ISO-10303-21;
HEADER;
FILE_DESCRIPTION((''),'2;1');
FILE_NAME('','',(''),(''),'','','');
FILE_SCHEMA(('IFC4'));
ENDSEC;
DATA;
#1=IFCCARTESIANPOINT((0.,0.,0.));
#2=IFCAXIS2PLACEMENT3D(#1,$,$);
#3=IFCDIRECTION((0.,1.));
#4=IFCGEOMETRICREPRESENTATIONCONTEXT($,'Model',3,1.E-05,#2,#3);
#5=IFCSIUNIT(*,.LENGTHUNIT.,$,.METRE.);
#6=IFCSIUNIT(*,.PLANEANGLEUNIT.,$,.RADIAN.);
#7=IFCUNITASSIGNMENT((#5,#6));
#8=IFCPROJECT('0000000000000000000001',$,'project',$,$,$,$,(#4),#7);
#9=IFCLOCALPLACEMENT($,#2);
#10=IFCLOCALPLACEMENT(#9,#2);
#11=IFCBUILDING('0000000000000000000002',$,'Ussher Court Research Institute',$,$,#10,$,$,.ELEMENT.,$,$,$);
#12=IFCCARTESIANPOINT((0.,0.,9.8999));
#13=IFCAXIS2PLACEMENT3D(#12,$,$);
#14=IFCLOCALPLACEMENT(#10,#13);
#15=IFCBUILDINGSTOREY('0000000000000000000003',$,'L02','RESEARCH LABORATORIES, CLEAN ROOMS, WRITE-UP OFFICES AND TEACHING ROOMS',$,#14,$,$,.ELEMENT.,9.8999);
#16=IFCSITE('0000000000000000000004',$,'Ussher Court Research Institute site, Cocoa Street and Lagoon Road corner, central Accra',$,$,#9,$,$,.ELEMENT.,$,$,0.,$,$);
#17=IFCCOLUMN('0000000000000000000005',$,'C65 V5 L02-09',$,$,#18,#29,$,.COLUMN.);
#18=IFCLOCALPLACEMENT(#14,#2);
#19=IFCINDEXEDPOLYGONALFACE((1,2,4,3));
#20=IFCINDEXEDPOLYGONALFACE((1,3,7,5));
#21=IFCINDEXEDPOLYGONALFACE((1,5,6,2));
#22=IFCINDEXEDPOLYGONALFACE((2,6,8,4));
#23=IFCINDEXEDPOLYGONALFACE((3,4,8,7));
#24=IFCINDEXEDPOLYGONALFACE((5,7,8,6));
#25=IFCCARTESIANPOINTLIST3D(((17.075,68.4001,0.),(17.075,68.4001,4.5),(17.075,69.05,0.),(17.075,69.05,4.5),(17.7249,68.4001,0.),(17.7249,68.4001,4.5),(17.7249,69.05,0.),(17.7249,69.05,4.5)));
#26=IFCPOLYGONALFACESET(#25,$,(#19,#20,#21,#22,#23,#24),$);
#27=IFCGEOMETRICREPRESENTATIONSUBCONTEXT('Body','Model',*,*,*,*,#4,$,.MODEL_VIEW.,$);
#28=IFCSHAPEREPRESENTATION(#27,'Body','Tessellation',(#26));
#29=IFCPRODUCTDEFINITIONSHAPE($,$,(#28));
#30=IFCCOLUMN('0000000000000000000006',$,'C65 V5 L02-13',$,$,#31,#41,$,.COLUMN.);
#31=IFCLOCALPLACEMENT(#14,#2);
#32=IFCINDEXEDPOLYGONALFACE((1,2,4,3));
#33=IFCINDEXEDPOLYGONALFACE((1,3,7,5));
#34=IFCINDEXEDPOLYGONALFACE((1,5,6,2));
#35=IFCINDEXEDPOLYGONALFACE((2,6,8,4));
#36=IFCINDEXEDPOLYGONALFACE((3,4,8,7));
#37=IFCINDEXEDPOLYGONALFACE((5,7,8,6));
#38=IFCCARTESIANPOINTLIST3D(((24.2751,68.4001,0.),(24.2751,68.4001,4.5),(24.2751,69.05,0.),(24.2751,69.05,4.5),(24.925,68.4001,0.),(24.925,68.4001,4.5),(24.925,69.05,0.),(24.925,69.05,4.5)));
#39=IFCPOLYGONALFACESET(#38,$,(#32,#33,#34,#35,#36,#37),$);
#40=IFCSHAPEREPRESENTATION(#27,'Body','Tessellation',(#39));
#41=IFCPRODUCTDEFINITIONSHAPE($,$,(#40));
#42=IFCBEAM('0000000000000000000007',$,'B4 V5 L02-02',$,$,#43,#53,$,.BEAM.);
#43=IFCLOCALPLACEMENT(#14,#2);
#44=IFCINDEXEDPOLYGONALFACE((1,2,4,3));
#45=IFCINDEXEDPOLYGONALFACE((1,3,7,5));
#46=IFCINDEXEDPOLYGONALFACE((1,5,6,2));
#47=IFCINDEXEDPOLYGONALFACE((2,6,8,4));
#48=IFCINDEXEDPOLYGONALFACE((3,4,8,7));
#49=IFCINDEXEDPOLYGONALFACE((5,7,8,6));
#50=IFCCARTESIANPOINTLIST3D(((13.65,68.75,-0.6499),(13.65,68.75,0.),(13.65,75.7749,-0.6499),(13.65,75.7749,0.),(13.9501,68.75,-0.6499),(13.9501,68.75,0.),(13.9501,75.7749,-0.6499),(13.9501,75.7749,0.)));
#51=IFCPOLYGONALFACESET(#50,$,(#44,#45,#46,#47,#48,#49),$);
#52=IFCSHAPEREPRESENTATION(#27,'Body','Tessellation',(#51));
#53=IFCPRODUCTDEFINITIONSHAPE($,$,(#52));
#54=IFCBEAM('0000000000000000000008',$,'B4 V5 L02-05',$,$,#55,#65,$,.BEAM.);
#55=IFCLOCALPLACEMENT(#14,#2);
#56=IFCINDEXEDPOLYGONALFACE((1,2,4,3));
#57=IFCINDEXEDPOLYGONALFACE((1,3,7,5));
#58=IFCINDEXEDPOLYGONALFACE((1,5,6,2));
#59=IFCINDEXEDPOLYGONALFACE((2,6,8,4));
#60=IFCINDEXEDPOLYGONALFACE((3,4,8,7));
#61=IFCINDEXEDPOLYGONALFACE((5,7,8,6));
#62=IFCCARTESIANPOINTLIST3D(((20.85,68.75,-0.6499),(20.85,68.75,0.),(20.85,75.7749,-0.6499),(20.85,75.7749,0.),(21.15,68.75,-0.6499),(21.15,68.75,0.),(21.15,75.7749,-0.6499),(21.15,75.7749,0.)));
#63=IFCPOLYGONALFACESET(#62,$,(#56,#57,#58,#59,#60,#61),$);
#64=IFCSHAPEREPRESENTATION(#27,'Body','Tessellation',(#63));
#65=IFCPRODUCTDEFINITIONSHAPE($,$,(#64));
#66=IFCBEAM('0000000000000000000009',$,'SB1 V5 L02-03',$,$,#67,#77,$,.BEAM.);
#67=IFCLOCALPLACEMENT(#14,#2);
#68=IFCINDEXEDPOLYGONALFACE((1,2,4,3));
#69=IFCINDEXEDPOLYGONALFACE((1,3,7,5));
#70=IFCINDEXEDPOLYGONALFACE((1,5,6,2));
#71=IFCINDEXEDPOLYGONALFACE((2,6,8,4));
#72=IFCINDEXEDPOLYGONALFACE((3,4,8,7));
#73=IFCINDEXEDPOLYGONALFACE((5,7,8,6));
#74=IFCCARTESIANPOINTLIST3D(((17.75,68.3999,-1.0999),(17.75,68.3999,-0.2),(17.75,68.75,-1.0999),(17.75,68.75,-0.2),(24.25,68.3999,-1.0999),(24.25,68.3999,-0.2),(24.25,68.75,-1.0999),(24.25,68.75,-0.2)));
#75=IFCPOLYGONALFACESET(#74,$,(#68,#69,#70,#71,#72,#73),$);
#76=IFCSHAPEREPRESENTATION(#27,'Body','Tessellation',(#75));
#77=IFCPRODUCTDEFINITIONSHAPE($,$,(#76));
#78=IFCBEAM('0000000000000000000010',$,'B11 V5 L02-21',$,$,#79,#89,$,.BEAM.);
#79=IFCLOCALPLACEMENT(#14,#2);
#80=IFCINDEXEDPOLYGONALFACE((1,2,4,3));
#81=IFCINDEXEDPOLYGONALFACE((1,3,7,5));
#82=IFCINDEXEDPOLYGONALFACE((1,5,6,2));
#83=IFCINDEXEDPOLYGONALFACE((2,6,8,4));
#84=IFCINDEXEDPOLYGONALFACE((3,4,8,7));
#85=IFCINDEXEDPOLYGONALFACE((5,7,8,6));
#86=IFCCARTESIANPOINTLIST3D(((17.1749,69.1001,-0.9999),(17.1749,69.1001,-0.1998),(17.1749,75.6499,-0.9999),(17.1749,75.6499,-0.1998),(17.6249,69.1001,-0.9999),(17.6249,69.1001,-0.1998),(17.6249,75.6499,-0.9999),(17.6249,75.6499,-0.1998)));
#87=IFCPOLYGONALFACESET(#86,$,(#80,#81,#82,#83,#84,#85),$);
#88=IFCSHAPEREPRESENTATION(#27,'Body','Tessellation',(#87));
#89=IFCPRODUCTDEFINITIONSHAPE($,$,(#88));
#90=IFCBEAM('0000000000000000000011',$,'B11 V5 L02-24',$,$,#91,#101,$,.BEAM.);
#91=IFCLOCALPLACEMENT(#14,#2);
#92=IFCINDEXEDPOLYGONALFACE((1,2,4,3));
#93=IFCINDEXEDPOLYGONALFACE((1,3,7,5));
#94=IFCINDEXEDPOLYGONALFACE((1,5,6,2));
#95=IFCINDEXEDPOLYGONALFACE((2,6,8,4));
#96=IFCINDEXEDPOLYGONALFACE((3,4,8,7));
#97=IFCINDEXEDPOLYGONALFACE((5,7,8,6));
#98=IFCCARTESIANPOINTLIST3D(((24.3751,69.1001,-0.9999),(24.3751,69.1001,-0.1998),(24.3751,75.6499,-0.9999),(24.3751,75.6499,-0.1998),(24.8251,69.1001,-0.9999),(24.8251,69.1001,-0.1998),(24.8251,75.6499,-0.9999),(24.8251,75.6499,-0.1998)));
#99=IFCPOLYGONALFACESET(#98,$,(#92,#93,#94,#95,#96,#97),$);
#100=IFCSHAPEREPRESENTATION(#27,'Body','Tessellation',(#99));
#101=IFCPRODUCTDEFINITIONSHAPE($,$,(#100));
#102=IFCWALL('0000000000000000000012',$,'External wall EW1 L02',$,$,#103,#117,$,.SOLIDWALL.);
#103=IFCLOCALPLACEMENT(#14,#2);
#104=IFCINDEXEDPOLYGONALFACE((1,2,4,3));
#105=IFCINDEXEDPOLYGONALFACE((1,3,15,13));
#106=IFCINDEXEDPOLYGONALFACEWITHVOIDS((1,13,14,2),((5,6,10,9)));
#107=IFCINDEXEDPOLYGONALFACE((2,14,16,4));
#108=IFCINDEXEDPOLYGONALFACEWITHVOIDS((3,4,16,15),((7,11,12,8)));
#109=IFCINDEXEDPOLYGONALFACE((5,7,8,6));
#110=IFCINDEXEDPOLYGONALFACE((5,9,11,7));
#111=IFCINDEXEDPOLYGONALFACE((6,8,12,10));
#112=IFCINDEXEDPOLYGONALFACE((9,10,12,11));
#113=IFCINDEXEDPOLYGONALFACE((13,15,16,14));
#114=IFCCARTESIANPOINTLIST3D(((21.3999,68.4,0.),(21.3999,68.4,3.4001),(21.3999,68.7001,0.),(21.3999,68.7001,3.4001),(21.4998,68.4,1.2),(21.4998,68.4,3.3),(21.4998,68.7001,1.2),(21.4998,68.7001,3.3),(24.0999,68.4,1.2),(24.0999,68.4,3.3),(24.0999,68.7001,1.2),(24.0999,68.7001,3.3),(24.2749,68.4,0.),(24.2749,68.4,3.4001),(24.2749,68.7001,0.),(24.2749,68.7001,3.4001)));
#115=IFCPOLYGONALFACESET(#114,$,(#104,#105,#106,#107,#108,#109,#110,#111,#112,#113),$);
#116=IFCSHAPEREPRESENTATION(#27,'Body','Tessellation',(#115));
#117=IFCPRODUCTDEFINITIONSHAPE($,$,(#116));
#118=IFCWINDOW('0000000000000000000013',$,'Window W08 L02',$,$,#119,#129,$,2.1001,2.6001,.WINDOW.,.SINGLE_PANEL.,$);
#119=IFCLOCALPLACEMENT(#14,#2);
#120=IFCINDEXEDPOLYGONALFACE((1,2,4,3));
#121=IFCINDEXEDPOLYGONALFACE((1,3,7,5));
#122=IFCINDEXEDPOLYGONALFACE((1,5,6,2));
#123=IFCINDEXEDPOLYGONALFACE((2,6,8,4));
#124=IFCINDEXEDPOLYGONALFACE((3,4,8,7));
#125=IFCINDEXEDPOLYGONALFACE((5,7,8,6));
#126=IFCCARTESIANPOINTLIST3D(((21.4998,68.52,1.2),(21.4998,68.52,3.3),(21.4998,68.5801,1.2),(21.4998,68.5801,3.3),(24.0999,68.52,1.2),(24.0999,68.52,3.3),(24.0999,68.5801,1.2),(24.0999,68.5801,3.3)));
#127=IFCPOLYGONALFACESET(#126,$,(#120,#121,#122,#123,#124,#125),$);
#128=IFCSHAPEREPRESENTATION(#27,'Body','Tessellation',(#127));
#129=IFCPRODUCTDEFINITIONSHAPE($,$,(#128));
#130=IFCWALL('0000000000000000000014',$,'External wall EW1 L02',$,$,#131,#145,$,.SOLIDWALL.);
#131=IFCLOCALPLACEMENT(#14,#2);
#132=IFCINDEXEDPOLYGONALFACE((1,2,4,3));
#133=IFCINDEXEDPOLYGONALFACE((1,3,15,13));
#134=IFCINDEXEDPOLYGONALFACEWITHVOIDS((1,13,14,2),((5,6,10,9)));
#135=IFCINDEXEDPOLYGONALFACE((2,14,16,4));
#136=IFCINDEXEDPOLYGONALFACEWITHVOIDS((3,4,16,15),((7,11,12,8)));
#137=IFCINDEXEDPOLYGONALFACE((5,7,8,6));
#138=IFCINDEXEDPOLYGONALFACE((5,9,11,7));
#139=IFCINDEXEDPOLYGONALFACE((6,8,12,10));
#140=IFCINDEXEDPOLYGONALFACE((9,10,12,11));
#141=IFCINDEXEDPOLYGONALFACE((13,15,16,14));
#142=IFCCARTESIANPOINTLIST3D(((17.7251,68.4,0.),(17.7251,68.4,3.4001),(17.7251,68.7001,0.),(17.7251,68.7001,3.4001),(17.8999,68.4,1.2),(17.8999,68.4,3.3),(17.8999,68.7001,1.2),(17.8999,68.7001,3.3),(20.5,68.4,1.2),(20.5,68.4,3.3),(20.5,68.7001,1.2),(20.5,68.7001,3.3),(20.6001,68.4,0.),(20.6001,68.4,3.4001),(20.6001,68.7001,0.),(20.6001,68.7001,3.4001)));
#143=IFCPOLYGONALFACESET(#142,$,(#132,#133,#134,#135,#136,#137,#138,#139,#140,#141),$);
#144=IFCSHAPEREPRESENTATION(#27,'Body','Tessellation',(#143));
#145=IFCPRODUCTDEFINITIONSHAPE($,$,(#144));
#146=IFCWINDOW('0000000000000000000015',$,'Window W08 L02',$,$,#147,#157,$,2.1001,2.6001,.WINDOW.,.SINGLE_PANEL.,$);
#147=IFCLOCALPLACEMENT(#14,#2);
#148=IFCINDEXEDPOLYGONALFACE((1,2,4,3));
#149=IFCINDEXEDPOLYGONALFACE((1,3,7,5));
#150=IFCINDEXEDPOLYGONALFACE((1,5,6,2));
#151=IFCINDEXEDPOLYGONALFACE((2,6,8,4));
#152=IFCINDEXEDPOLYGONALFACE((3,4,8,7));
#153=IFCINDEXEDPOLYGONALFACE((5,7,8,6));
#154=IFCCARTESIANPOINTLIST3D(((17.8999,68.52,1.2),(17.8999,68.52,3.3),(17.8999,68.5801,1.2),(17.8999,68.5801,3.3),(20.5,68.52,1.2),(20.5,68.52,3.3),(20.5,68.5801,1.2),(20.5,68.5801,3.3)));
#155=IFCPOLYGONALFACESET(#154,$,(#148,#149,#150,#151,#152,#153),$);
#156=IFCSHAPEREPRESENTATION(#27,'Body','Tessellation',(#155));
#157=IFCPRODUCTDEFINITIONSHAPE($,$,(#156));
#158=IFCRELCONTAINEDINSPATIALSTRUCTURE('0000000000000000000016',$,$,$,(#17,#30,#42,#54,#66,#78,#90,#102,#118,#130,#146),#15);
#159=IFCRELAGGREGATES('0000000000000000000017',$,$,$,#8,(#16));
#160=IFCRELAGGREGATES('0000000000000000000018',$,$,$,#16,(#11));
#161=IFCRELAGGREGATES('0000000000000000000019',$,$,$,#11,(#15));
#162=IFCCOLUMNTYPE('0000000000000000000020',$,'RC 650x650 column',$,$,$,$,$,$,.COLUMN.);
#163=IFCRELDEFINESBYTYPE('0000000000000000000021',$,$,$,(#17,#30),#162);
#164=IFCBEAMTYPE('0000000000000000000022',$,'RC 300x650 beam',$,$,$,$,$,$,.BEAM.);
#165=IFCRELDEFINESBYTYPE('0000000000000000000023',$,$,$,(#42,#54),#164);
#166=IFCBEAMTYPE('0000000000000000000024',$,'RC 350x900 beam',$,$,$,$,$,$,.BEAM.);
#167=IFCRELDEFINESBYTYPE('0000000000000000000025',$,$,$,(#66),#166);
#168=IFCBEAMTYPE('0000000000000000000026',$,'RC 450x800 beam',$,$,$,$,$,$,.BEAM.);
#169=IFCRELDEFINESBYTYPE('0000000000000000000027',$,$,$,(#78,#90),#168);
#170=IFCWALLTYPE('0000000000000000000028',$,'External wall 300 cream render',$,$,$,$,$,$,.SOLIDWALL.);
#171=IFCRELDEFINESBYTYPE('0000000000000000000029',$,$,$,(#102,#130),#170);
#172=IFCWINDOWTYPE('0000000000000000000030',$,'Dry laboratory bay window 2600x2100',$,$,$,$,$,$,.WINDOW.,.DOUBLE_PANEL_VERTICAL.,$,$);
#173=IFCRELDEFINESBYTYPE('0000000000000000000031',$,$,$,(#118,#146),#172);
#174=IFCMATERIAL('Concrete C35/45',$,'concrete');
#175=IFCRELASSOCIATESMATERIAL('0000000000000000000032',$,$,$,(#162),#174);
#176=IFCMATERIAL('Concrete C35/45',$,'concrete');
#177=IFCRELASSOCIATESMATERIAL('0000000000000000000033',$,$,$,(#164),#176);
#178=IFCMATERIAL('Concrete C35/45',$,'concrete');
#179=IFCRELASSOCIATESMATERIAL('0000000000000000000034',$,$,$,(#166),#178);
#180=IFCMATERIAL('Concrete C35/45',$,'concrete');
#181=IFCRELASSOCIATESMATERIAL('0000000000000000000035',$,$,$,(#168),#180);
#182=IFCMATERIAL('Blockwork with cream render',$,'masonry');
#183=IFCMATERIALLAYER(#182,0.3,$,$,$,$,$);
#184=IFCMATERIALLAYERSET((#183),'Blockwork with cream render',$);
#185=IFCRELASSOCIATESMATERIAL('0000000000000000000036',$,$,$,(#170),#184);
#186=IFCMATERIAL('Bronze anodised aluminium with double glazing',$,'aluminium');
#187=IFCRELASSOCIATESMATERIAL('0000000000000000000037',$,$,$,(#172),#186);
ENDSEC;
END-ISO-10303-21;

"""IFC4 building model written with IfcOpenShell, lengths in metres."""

from ifc_helpers import new_model, si_unit, direction, frame, frame_2d, origin, origin_2d, place, context, subcontext, project, spatial, rectangle, extrude, material, layer, layer_set, material_profile, profile_set, type_object, element, fill, save


model = new_model("IFC4")

# Units and contexts
model_context = context("Model", 3, precision=1e-05, world=origin(), true_north=direction((0.0, 1.0)))
body_context = subcontext(model_context, "Body", "Model", "MODEL_VIEW")
ifc_project = project(units=[si_unit("LENGTHUNIT", "METRE"), si_unit("PLANEANGLEUNIT", "RADIAN")], contexts=[model_context])

# Site, building, storey
site_placement = place(None, origin())
site = spatial("IfcSite", under=ifc_project, at=site_placement, Name="Ussher Court Research Institute site, Cocoa Street and Lagoon Road corner, central Accra", CompositionType="ELEMENT", RefElevation=0.0)
building_placement = place(site_placement, origin())
building = spatial("IfcBuilding", under=site, at=building_placement, Name="Ussher Court Research Institute", CompositionType="ELEMENT")
storey_placement = place(building_placement, frame((0.0, 0.0, 9.8999)))
storey = spatial("IfcBuildingStorey", under=building, at=storey_placement, Name="L02", Description="RESEARCH LABORATORIES, CLEAN ROOMS, WRITE-UP OFFICES AND TEACHING ROOMS", CompositionType="ELEMENT", Elevation=9.8999)

# Columns
ifc_material_1 = material(Name="Concrete C35/45", Category="concrete")
ifc_material_profile_1 = material_profile(ifc_material_1, rectangle(XDim=0.6499, YDim=0.6499, at=origin_2d()), Name="RC 650x650")
ifc_profile_set_1 = profile_set([ifc_material_profile_1], Name="Concrete C35/45")
column_type = type_object("IfcColumnType", Name="RC 650x650 column", PredefinedType="COLUMN", material=ifc_profile_set_1)
for number, where, z_axis, x_axis, name in (
    (1, (17.3999, 68.7251, 0.0), (0.0, 0.0, 1.0), (1.0, 0.0, 0.0), "C65 V5 L02-09"),
    (2, (24.6001, 68.7251, 0.0), (0.0, 0.0, 1.0), (1.0, 0.0, 0.0), "C65 V5 L02-13"),
):
    element("IfcColumn", number, at=place(storey_placement, frame(where, z_axis=z_axis, x_axis=x_axis)), inside=storey, type_object=column_type, Name=name, PredefinedType="COLUMN", context=body_context, shape_type="SweptSolid", body=[
        extrude(rectangle(XDim=0.6499, YDim=0.6499, at=origin_2d()), origin(), (0.0, 0.0, 1.0), 4.5),
    ])

# Beams
ifc_material_2 = material(Name="Concrete C35/45", Category="concrete")
ifc_material_profile_2 = material_profile(ifc_material_2, rectangle(XDim=0.3, YDim=0.6499, at=origin_2d()), Name="RC 300x650")
ifc_profile_set_2 = profile_set([ifc_material_profile_2], Name="Concrete C35/45")
beam_type_1 = type_object("IfcBeamType", Name="RC 300x650 beam", PredefinedType="BEAM", material=ifc_profile_set_2)
for number, where, z_axis, x_axis, name in (
    (3, (13.8, 68.75, -0.325), (0.0, 1.0, 0.0), (-1.0, 0.0, 0.0), "B4 V5 L02-02"),
    (4, (21.0, 68.75, -0.325), (0.0, 1.0, 0.0), (-1.0, 0.0, 0.0), "B4 V5 L02-05"),
):
    element("IfcBeam", number, at=place(storey_placement, frame(where, z_axis=z_axis, x_axis=x_axis)), inside=storey, type_object=beam_type_1, Name=name, PredefinedType="BEAM", context=body_context, shape_type="SweptSolid", body=[
        extrude(rectangle(XDim=0.3, YDim=0.6499, at=origin_2d()), origin(), (0.0, 0.0, 1.0), 7.0249),
    ])
ifc_material_3 = material(Name="Concrete C35/45", Category="concrete")
ifc_material_profile_3 = material_profile(ifc_material_3, rectangle(XDim=0.3501, YDim=0.8999, at=origin_2d()), Name="RC 350x900")
ifc_profile_set_3 = profile_set([ifc_material_profile_3], Name="Concrete C35/45")
beam_type_2 = type_object("IfcBeamType", Name="RC 350x900 beam", PredefinedType="BEAM", material=ifc_profile_set_3)
beam_placement = place(storey_placement, frame((17.75, 68.575, -0.6499), z_axis=(1.0, 0.0, 0.0), x_axis=(0.0, 1.0, 0.0)))
element("IfcBeam", 5, at=beam_placement, inside=storey, type_object=beam_type_2, Name="SB1 V5 L02-03", PredefinedType="BEAM", context=body_context, shape_type="SweptSolid", body=[
    extrude(rectangle(XDim=0.3501, YDim=0.8999, at=origin_2d()), origin(), (0.0, 0.0, 1.0), 6.5),
])
ifc_material_4 = material(Name="Concrete C35/45", Category="concrete")
ifc_material_profile_4 = material_profile(ifc_material_4, rectangle(XDim=0.45, YDim=0.8, at=origin_2d()), Name="RC 450x800")
ifc_profile_set_4 = profile_set([ifc_material_profile_4], Name="Concrete C35/45")
beam_type_3 = type_object("IfcBeamType", Name="RC 450x800 beam", PredefinedType="BEAM", material=ifc_profile_set_4)
for number, where, z_axis, x_axis, name in (
    (6, (17.3999, 69.1001, -0.5999), (0.0, 1.0, 0.0), (-1.0, 0.0, 0.0), "B11 V5 L02-21"),
    (7, (24.6001, 69.1001, -0.5999), (0.0, 1.0, 0.0), (-1.0, 0.0, 0.0), "B11 V5 L02-24"),
):
    element("IfcBeam", number, at=place(storey_placement, frame(where, z_axis=z_axis, x_axis=x_axis)), inside=storey, type_object=beam_type_3, Name=name, PredefinedType="BEAM", context=body_context, shape_type="SweptSolid", body=[
        extrude(rectangle(XDim=0.45, YDim=0.8, at=origin_2d()), origin(), (0.0, 0.0, 1.0), 6.5498),
    ])

# Walls, openings, windows
ifc_material_5 = material(Name="Blockwork with cream render", Category="masonry")
ifc_layer_1 = layer(ifc_material_5, 0.3)
ifc_layer_set_1 = layer_set([ifc_layer_1], Name="Blockwork with cream render")
wall_type_1 = type_object("IfcWallType", Name="External wall 300 cream render", PredefinedType="SOLIDWALL", material=ifc_layer_set_1)
wall_1_placement = place(storey_placement, frame((24.2749, 68.55, 0.0), z_axis=(0.0, 0.0, 1.0), x_axis=(-1.0, 0.0, 0.0)))
wall_1 = element("IfcWall", 8, at=wall_1_placement, inside=storey, type_object=wall_type_1, Name="External wall EW1 L02", PredefinedType="SOLIDWALL", context=body_context, shape_type="SweptSolid", body=[
    extrude(rectangle(XDim=2.875, YDim=0.3, at=frame_2d((1.4375, 0.0))), origin(), (0.0, 0.0, 1.0), 3.4001),
])
opening_1_placement = place(wall_1_placement, frame((0.175, 0.0, 1.2)))
opening_1 = element("IfcOpeningElement", 9, at=opening_1_placement, cuts=wall_1, PredefinedType="OPENING", context=body_context, shape_type="SweptSolid", body=[
    extrude(rectangle(XDim=2.6001, YDim=2.1001, at=frame_2d((1.3, 1.05))), frame((0.0, 0.1602, 0.0), z_axis=(0.0, -1.0, 0.0), x_axis=(1.0, 0.0, 0.0)), (0.0, 0.0, 1.0), 0.3201),
])
ifc_material_6 = material(Name="Bronze anodised aluminium with double glazing", Category="aluminium")
window_type = type_object("IfcWindowType", Name="Dry laboratory bay window 2600x2100", PartitioningType="DOUBLE_PANEL_VERTICAL", PredefinedType="WINDOW", material=ifc_material_6)
window_1_placement = place(opening_1_placement, origin())
window_1 = element("IfcWindow", 10, at=window_1_placement, inside=storey, type_object=window_type, Name="Window W08 L02", OverallHeight=2.1001, OverallWidth=2.6001, PartitioningType="SINGLE_PANEL", PredefinedType="WINDOW", context=body_context, shape_type="SweptSolid", body=[
    extrude(rectangle(XDim=2.6001, YDim=2.1001, at=frame_2d((1.3, 1.05))), frame((0.0, 0.03, 0.0), z_axis=(0.0, -1.0, 0.0), x_axis=(1.0, 0.0, 0.0)), (0.0, 0.0, 1.0), 0.0601),
])
fill(opening_1, window_1)
wall_2_placement = place(storey_placement, frame((20.6001, 68.55, 0.0), z_axis=(0.0, 0.0, 1.0), x_axis=(-1.0, 0.0, 0.0)))
wall_2 = element("IfcWall", 11, at=wall_2_placement, inside=storey, type_object=wall_type_1, Name="External wall EW1 L02", PredefinedType="SOLIDWALL", context=body_context, shape_type="SweptSolid", body=[
    extrude(rectangle(XDim=2.875, YDim=0.3, at=frame_2d((1.4375, 0.0))), origin(), (0.0, 0.0, 1.0), 3.4001),
])
opening_2_placement = place(wall_2_placement, frame((0.1001, 0.0, 1.2)))
opening_2 = element("IfcOpeningElement", 12, at=opening_2_placement, cuts=wall_2, PredefinedType="OPENING", context=body_context, shape_type="SweptSolid", body=[
    extrude(rectangle(XDim=2.6001, YDim=2.1001, at=frame_2d((1.3, 1.05))), frame((0.0, 0.1602, 0.0), z_axis=(0.0, -1.0, 0.0), x_axis=(1.0, 0.0, 0.0)), (0.0, 0.0, 1.0), 0.3201),
])
window_2_placement = place(opening_2_placement, origin())
window_2 = element("IfcWindow", 13, at=window_2_placement, inside=storey, type_object=window_type, Name="Window W08 L02", OverallHeight=2.1001, OverallWidth=2.6001, PartitioningType="SINGLE_PANEL", PredefinedType="WINDOW", context=body_context, shape_type="SweptSolid", body=[
    extrude(rectangle(XDim=2.6001, YDim=2.1001, at=frame_2d((1.3, 1.05))), frame((0.0, 0.03, 0.0), z_axis=(0.0, -1.0, 0.0), x_axis=(1.0, 0.0, 0.0)), (0.0, 0.0, 1.0), 0.0601),
])
fill(opening_2, window_2)

save(model, "model.ifc")
